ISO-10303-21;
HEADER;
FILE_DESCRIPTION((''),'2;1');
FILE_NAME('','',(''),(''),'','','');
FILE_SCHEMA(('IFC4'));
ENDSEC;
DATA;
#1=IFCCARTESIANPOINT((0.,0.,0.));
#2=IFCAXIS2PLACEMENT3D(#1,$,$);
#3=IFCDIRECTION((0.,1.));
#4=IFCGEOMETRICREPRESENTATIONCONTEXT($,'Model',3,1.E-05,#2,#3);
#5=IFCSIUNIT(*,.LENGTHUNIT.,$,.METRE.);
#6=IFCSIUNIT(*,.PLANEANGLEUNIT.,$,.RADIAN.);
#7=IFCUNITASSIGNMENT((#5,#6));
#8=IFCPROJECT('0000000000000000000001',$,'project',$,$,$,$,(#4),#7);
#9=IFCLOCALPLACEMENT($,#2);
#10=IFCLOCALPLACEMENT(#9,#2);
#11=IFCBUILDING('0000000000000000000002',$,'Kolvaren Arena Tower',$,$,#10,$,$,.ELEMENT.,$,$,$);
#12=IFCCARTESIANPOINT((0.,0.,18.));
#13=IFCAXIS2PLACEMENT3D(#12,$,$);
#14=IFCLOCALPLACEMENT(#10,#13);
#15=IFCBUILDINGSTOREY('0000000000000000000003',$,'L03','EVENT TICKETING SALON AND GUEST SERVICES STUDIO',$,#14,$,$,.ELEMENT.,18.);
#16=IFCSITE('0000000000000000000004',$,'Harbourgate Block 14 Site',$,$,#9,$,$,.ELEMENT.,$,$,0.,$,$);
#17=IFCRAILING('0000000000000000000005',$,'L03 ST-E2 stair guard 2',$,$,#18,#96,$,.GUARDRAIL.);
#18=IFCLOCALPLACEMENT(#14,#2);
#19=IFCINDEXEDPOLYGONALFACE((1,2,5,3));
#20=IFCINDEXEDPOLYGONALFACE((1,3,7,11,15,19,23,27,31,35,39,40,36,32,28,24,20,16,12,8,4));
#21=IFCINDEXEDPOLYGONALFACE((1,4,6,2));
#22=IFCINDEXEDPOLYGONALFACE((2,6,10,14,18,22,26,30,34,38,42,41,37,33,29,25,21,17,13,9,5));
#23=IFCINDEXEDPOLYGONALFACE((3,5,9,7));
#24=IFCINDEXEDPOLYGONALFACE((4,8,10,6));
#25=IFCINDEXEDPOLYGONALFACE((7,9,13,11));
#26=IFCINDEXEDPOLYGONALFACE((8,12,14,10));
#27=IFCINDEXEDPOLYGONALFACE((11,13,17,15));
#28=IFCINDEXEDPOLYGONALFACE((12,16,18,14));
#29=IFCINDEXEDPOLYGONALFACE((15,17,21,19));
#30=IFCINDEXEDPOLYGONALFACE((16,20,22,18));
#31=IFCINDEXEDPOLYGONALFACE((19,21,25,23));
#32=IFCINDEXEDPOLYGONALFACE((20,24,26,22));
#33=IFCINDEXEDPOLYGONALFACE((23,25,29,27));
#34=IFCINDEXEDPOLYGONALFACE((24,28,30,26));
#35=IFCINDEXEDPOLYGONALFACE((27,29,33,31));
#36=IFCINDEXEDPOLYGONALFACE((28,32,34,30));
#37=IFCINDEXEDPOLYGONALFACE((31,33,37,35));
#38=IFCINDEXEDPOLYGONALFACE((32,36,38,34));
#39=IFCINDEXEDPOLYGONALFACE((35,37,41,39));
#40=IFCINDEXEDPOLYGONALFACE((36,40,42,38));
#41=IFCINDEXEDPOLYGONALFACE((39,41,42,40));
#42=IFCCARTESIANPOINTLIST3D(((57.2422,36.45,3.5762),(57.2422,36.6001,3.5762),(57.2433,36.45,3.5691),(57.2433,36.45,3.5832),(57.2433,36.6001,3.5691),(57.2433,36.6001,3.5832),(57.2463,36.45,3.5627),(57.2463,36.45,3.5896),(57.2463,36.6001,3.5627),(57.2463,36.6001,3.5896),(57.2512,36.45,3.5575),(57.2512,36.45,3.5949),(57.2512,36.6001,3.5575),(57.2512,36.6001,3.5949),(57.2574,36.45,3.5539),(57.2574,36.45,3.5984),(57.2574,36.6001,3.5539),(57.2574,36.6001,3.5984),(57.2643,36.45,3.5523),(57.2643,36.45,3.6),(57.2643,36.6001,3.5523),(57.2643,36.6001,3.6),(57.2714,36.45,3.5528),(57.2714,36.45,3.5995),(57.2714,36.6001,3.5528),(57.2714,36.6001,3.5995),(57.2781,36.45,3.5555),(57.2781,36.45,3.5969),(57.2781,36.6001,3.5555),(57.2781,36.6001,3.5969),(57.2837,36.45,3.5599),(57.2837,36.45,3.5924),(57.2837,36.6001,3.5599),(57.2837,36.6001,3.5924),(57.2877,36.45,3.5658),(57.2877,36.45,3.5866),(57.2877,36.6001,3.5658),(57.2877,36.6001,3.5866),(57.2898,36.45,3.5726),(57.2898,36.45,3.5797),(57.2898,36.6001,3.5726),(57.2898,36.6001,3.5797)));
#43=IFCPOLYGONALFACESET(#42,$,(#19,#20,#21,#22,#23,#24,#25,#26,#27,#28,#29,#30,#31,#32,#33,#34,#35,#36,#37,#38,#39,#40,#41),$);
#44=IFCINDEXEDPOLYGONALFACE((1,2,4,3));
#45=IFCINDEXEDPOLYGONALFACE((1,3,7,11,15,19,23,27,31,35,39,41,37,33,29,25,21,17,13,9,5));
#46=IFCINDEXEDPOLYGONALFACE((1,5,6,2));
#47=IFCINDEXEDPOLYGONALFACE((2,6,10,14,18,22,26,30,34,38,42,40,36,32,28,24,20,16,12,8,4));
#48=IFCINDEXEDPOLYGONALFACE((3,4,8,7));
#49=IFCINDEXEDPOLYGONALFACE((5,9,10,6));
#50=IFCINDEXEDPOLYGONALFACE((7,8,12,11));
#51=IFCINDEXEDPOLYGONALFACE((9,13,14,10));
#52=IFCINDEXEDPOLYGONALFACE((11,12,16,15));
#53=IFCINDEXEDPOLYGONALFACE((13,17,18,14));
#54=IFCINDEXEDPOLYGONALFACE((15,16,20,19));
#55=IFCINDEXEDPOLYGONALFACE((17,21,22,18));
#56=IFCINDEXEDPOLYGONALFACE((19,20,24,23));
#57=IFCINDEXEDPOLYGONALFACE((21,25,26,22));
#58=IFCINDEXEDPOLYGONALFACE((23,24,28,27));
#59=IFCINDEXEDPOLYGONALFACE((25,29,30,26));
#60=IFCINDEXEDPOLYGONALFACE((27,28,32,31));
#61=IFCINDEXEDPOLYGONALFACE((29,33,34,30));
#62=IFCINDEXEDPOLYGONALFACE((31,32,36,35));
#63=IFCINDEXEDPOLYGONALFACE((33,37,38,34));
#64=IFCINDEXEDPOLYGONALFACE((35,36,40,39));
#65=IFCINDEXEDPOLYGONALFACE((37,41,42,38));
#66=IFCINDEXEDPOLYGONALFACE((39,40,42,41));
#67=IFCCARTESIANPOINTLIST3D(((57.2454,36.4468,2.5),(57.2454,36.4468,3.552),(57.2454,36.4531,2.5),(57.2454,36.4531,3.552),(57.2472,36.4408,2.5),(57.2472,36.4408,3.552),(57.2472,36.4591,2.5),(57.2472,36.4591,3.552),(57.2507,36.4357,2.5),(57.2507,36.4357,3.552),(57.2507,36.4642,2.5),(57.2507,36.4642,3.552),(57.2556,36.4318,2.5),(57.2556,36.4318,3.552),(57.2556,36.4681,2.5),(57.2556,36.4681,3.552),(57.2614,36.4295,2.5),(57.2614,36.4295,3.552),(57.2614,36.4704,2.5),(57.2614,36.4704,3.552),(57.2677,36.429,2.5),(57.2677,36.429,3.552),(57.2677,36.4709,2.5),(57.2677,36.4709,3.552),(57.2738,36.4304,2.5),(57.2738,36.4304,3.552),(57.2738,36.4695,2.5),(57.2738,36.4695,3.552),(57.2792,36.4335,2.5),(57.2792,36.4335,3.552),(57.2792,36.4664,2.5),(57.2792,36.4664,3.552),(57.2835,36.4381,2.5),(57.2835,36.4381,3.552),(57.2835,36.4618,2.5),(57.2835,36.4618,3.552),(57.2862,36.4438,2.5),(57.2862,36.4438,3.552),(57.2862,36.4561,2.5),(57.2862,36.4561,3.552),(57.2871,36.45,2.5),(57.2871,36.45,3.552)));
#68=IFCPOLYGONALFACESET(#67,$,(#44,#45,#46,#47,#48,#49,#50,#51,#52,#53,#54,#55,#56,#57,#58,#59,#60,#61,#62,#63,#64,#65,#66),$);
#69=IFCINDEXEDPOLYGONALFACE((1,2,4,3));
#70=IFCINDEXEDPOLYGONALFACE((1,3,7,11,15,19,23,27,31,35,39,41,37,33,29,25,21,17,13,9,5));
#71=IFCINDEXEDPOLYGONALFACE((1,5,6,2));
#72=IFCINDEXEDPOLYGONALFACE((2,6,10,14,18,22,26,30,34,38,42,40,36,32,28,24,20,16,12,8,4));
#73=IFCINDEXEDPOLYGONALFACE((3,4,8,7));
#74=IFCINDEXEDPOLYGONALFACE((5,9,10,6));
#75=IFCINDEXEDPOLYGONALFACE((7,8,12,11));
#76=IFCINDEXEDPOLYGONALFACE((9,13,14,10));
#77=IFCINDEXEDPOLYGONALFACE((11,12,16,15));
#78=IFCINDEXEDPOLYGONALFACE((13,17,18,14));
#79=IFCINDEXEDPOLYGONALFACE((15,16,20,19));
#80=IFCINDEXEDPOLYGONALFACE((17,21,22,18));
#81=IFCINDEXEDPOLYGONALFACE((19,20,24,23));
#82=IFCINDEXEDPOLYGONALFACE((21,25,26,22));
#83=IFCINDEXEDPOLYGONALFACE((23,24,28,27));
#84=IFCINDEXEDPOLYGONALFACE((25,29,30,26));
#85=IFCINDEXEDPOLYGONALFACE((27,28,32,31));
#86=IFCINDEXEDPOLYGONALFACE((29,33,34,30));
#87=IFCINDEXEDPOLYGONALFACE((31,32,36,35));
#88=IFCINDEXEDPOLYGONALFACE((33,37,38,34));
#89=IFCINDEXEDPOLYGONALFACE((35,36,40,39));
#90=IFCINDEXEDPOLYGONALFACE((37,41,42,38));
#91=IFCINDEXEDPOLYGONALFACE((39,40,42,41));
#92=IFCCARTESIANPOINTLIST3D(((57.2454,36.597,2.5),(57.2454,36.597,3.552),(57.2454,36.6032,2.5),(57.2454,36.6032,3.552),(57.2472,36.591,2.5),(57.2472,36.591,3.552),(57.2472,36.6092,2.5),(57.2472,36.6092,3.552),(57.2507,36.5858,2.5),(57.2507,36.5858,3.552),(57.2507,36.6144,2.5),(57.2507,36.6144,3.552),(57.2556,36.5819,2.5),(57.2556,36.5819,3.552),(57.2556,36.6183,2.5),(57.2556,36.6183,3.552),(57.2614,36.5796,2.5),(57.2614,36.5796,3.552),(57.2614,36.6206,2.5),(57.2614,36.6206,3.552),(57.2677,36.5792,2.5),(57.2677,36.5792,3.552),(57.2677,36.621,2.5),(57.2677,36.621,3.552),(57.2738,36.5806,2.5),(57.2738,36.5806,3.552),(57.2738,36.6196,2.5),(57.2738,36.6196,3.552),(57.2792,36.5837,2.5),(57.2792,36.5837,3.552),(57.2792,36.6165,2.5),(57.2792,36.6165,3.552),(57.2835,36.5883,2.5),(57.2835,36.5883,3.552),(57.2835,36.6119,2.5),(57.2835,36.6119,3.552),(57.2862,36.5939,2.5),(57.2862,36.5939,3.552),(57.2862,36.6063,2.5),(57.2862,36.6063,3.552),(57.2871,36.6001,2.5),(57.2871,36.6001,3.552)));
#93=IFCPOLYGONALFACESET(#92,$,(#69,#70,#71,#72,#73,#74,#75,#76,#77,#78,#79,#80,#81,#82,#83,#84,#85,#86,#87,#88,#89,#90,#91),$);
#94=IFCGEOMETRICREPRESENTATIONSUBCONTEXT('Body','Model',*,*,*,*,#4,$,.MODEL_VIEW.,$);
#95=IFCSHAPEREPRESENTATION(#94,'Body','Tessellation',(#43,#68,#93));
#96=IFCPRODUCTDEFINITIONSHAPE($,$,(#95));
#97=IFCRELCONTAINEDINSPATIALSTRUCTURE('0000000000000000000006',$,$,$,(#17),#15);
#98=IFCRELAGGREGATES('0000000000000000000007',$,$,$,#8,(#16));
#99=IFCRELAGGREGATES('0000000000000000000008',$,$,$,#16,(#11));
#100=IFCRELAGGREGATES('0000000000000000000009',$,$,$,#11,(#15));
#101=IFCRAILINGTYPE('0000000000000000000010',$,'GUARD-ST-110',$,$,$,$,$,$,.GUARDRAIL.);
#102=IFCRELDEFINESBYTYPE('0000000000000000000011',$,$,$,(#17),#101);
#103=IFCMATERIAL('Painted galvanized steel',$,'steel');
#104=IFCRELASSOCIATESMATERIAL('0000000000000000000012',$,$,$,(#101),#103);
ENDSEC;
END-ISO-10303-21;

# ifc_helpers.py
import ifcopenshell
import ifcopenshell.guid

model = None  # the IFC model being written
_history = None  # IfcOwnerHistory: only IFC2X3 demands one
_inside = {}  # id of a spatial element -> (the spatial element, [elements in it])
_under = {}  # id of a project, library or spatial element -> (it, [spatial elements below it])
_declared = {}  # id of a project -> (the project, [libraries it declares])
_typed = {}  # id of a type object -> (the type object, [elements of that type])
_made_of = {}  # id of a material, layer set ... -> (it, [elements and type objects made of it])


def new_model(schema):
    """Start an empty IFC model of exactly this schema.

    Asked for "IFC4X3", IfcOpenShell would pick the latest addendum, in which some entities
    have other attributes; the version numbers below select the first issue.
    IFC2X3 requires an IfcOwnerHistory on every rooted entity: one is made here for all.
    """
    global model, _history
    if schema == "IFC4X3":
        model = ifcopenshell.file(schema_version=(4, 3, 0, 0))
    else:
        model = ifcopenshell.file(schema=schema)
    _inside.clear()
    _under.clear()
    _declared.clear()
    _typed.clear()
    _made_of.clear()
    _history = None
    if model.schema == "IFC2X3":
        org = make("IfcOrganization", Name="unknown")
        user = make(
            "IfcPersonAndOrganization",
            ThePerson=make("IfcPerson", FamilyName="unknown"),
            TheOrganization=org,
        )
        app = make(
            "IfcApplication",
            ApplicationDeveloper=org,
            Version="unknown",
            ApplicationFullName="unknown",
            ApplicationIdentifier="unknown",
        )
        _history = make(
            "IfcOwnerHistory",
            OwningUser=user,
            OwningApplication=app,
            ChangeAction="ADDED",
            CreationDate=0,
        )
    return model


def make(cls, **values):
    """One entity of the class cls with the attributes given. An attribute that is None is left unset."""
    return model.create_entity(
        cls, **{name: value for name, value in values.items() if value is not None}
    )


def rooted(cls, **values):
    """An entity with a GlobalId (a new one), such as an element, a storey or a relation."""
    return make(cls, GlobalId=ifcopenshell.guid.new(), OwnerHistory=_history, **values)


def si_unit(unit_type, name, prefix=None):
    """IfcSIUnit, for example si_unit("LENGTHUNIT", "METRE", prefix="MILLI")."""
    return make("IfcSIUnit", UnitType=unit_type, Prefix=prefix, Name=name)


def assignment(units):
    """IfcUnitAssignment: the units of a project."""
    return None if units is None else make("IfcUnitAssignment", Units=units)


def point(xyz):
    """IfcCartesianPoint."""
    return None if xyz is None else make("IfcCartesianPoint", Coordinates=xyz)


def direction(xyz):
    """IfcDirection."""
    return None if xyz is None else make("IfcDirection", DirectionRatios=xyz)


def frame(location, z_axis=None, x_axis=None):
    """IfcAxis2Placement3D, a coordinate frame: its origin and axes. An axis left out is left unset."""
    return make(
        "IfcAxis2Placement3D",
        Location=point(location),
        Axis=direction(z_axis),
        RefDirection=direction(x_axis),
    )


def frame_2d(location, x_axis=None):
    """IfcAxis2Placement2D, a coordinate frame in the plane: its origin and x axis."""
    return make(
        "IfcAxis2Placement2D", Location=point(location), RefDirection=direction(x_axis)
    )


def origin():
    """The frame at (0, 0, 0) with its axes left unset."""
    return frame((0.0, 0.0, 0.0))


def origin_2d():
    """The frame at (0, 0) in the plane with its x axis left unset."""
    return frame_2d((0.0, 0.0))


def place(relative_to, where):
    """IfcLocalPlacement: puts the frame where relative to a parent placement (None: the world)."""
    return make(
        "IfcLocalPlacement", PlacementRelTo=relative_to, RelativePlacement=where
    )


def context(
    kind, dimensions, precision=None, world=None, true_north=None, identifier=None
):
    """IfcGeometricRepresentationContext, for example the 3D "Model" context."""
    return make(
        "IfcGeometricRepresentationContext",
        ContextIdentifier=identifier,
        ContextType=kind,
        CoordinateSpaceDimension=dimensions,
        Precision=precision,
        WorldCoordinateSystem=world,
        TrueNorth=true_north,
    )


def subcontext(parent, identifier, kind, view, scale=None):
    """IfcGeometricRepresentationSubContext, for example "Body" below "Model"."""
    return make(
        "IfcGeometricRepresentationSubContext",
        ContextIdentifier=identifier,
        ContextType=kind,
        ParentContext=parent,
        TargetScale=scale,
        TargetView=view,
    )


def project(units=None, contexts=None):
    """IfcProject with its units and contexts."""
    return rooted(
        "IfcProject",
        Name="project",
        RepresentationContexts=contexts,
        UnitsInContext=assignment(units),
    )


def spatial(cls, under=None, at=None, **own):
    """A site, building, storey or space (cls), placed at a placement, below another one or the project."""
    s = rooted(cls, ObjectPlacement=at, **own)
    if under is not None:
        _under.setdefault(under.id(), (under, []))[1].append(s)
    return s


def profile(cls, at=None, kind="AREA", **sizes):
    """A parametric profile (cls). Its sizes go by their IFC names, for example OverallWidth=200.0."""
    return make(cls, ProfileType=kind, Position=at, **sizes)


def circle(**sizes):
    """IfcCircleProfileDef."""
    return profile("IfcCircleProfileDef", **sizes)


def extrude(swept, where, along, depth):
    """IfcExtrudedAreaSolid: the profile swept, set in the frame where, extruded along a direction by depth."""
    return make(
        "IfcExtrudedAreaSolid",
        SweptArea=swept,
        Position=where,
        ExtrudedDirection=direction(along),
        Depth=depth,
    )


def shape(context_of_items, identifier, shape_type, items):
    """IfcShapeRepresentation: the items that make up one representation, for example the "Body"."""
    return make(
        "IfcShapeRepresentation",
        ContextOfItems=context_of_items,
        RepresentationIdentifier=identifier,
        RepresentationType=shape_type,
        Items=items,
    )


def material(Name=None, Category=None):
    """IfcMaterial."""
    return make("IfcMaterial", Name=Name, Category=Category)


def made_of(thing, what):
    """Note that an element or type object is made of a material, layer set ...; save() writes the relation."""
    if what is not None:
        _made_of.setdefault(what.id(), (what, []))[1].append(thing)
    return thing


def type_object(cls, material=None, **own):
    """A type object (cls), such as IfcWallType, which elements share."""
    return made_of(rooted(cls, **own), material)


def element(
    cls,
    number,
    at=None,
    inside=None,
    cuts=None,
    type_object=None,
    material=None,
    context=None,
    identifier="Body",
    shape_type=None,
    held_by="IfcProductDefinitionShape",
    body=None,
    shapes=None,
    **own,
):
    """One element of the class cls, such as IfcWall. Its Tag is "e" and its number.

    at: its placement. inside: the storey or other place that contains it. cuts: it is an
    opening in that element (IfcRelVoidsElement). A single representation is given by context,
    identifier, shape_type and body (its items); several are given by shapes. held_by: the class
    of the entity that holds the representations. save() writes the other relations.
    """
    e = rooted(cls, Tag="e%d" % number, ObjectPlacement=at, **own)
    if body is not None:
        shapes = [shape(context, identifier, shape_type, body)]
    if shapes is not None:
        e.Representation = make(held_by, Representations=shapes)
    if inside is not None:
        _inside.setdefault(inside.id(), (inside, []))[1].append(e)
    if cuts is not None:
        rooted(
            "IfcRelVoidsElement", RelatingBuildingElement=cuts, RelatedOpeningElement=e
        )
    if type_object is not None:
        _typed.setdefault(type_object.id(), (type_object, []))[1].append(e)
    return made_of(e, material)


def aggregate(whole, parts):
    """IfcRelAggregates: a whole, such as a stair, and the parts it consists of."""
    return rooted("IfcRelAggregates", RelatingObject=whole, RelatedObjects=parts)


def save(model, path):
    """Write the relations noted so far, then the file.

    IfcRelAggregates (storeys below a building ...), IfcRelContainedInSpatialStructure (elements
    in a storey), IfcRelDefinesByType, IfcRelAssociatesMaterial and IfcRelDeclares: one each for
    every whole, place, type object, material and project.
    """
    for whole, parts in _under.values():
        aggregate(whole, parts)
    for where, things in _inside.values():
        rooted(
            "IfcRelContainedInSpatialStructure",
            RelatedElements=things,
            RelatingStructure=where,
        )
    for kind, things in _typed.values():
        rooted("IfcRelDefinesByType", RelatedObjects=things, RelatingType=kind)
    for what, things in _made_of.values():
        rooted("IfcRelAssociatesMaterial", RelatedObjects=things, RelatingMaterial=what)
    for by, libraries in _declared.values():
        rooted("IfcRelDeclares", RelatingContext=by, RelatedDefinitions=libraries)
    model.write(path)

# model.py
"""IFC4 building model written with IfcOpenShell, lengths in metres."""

from ifc_helpers import new_model, si_unit, direction, frame, origin, origin_2d, place, context, subcontext, project, spatial, circle, extrude, material, type_object, element, save


model = new_model("IFC4")

# Units and contexts
model_context = context("Model", 3, precision=1e-05, world=origin(), true_north=direction((0.0, 1.0)))
body_context = subcontext(model_context, "Body", "Model", "MODEL_VIEW")
ifc_project = project(units=[si_unit("LENGTHUNIT", "METRE"), si_unit("PLANEANGLEUNIT", "RADIAN")], contexts=[model_context])

# Site, building, storey
site_placement = place(None, origin())
site = spatial("IfcSite", under=ifc_project, at=site_placement, Name="Harbourgate Block 14 Site", CompositionType="ELEMENT", RefElevation=0.0)
building_placement = place(site_placement, origin())
building = spatial("IfcBuilding", under=site, at=building_placement, Name="Kolvaren Arena Tower", CompositionType="ELEMENT")
storey_placement = place(building_placement, frame((0.0, 0.0, 18.0)))
storey = spatial("IfcBuildingStorey", under=building, at=storey_placement, Name="L03", Description="EVENT TICKETING SALON AND GUEST SERVICES STUDIO", CompositionType="ELEMENT", Elevation=18.0)

# Railing
ifc_material_1 = material(Name="Painted galvanized steel", Category="steel")
railing_type_1 = type_object("IfcRailingType", Name="GUARD-ST-110", PredefinedType="GUARDRAIL", material=ifc_material_1)
railing_1_placement = place(storey_placement, frame((57.2661, 36.45, 2.5)))
element("IfcRailing", 1, at=railing_1_placement, inside=storey, type_object=railing_type_1, Name="L03 ST-E2 stair guard 2", PredefinedType="GUARDRAIL", context=body_context, shape_type="SweptSolid", body=[
    extrude(circle(Radius=0.0239, at=origin_2d()), frame((0.0, 0.0, 1.0762), z_axis=(0.0, 1.0, 0.0), x_axis=(-1.0, 0.0, 0.0)), (0.0, 0.0, 1.0), 0.1501),
    extrude(circle(Radius=0.021, at=origin_2d()), origin(), (0.0, 0.0, 1.0), 1.052),
    extrude(circle(Radius=0.021, at=origin_2d()), frame((0.0, 0.1501, 0.0)), (0.0, 0.0, 1.0), 1.052),
])

save(model, "model.ifc")
